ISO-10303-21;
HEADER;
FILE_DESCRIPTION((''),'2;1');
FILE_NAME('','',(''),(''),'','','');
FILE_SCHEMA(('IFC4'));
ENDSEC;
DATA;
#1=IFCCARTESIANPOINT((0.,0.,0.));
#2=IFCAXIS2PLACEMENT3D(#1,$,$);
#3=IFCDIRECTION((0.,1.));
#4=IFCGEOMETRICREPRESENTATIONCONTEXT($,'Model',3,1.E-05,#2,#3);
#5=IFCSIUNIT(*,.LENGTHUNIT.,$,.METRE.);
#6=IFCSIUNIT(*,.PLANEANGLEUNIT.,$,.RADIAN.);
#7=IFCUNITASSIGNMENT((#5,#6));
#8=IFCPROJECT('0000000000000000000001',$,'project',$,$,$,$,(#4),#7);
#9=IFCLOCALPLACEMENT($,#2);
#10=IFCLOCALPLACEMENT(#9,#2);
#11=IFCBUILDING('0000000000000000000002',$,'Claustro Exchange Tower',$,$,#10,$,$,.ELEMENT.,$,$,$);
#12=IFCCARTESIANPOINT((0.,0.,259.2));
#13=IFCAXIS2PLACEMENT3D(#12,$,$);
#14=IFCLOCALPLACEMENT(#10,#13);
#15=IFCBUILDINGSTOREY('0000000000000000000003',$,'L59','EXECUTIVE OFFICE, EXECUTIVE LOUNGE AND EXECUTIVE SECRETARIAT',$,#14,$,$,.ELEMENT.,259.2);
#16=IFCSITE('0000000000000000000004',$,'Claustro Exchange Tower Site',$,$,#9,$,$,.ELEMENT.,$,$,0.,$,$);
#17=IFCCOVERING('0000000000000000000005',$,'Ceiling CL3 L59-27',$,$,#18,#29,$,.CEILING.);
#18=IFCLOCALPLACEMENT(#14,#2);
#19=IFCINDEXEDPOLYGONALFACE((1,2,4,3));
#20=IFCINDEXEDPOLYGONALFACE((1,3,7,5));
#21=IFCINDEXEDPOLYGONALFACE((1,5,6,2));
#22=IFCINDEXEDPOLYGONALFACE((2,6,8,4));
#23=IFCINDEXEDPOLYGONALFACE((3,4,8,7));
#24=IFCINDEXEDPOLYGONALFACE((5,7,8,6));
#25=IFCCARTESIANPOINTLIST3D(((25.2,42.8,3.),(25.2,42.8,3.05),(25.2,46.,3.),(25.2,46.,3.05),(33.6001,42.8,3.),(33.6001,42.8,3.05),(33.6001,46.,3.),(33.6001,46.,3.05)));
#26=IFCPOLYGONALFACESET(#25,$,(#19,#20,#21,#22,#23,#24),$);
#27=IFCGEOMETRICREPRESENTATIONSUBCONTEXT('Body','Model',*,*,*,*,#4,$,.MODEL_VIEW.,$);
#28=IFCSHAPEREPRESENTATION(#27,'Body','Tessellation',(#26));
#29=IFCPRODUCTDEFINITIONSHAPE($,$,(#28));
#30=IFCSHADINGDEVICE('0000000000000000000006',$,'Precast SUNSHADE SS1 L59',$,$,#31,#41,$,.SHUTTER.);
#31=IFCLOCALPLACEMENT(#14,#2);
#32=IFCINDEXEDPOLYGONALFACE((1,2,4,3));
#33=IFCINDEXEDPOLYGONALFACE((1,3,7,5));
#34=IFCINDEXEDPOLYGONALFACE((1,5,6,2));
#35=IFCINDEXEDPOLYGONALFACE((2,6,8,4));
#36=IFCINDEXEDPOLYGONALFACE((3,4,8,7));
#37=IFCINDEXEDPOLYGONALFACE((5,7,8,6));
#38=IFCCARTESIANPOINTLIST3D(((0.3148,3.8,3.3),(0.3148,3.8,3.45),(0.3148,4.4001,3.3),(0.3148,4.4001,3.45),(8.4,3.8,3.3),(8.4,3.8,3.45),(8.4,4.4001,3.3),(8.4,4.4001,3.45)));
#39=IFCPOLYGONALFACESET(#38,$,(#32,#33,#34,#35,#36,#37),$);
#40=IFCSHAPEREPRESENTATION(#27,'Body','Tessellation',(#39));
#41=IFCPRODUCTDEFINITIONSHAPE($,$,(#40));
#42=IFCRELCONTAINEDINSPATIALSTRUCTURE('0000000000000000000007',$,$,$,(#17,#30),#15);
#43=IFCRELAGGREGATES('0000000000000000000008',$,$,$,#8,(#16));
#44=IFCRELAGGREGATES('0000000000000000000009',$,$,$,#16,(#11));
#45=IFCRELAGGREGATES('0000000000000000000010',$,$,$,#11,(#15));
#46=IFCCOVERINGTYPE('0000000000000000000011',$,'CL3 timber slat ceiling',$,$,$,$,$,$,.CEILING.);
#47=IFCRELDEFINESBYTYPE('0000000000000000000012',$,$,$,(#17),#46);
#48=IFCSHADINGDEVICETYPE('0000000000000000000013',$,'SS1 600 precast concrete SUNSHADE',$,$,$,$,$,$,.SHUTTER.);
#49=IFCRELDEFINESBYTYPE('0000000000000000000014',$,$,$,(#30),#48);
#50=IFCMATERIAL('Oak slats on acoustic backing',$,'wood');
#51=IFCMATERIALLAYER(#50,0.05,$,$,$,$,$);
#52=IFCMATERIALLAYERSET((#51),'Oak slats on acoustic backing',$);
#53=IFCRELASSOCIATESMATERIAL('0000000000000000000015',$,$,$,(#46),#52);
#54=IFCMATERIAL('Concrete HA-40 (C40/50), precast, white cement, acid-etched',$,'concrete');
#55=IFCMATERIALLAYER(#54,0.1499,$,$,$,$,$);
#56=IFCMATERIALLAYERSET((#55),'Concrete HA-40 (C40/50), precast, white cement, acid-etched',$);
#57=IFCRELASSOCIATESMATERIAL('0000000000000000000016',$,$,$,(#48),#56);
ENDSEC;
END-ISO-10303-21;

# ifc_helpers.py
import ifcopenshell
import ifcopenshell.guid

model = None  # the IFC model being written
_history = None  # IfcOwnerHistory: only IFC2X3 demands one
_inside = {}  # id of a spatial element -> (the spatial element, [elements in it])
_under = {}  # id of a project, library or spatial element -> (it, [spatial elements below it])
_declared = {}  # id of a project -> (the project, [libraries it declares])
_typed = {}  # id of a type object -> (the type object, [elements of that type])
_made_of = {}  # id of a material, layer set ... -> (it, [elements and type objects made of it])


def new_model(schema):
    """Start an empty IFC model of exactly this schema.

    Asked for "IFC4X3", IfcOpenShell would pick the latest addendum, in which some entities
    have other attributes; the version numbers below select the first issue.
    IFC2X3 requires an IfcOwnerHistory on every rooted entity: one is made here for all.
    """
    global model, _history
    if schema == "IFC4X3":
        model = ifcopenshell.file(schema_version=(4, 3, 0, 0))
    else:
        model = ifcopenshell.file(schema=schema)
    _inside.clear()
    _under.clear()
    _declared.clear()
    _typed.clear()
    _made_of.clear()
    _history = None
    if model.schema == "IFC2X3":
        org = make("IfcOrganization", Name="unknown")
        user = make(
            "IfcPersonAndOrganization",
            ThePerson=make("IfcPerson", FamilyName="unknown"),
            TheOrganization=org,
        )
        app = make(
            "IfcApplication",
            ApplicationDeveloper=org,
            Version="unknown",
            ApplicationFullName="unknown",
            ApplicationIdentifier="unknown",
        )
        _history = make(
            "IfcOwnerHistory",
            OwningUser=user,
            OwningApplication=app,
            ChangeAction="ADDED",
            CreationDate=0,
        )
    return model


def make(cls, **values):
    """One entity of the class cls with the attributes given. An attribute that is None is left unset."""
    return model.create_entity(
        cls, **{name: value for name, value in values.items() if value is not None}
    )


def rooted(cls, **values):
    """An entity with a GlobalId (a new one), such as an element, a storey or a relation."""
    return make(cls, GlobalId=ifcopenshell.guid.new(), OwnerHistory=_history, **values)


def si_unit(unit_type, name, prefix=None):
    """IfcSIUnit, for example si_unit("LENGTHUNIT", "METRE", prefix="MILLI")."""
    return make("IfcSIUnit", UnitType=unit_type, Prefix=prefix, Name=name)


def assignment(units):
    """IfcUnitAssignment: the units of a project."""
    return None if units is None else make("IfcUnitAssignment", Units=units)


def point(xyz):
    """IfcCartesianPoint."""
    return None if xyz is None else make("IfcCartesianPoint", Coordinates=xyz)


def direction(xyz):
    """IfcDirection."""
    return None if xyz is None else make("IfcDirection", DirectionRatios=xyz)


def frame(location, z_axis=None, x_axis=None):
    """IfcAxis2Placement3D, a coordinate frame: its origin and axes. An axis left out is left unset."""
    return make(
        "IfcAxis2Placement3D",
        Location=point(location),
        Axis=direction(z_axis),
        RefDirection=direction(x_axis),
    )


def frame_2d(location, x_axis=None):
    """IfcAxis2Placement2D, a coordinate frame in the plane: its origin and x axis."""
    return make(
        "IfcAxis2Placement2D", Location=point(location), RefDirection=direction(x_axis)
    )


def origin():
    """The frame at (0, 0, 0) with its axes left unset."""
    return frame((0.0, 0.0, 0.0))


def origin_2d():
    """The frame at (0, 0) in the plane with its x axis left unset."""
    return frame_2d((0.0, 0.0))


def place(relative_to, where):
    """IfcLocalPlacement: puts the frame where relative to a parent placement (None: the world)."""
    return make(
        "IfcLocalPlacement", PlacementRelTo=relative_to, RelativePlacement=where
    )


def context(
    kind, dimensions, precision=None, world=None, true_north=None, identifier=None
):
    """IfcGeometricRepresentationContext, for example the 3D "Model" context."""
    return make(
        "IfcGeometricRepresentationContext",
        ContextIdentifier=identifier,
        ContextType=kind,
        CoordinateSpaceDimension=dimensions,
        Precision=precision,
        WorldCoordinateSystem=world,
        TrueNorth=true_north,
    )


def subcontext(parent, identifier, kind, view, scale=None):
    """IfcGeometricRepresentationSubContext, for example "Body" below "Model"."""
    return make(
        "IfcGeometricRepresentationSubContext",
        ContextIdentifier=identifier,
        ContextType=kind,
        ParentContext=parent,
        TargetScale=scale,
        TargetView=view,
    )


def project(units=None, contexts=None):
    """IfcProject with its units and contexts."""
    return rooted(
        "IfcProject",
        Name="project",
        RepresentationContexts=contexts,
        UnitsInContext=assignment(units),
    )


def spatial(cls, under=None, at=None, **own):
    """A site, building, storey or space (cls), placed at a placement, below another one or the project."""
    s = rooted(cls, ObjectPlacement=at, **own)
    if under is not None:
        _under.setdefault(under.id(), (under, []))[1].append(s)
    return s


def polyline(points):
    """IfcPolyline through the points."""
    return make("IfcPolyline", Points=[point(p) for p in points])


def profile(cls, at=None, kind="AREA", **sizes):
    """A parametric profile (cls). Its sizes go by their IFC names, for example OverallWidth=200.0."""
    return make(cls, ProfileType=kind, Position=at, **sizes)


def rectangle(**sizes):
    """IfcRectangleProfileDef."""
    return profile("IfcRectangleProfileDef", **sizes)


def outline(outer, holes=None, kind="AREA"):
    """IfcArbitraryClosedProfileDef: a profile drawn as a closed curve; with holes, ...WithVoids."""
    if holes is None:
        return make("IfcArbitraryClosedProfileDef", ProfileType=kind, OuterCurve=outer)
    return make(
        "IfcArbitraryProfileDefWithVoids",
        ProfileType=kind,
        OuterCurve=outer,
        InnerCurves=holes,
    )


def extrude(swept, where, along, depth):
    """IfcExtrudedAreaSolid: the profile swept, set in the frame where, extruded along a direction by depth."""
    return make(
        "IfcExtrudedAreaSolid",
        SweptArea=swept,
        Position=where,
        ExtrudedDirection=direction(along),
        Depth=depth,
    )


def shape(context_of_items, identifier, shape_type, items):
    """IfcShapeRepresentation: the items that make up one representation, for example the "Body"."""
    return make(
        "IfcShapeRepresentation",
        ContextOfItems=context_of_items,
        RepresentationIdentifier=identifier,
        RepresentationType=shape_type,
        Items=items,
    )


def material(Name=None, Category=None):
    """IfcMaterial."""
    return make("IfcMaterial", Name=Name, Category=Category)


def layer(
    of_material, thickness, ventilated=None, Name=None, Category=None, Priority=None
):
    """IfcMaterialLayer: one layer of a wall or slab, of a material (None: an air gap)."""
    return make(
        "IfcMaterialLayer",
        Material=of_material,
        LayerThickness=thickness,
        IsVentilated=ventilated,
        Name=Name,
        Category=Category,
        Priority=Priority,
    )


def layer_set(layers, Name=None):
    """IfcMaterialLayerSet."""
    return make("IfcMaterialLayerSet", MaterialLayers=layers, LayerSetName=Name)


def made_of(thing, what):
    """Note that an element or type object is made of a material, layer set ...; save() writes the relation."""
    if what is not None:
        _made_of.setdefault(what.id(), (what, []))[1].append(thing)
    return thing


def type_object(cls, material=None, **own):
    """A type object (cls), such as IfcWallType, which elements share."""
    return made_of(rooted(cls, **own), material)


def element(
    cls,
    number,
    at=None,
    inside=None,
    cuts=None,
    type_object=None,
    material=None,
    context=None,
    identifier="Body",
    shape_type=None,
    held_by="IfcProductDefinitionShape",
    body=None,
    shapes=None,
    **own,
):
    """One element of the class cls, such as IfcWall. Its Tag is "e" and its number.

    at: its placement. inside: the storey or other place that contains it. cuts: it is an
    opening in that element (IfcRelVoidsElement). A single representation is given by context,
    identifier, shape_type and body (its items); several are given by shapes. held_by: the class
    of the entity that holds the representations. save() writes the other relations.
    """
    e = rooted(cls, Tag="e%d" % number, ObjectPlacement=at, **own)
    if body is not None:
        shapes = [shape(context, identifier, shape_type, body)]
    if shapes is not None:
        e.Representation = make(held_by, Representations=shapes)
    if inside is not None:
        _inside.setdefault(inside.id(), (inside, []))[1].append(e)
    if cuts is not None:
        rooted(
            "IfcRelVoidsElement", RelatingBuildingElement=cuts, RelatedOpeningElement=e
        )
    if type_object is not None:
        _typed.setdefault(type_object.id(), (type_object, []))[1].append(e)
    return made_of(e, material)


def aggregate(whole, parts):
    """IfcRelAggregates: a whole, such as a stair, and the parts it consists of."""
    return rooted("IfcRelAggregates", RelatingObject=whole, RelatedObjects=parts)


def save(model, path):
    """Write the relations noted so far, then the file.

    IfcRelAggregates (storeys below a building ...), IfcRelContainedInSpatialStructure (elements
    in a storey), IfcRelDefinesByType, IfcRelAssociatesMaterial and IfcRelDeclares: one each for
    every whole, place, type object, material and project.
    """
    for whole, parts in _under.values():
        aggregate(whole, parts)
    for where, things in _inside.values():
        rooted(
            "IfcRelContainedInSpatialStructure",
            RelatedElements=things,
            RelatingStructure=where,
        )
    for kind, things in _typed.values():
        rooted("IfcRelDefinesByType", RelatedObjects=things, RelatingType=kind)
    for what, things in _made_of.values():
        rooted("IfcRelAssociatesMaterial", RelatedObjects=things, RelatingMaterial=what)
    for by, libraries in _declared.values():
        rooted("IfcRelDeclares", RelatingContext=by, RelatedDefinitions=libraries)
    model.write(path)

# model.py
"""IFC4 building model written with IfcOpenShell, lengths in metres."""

from ifc_helpers import new_model, si_unit, direction, frame, origin, origin_2d, place, context, subcontext, project, spatial, polyline, rectangle, outline, extrude, material, layer, layer_set, type_object, element, save


model = new_model("IFC4")

# Units and contexts
model_context = context("Model", 3, precision=1e-05, world=origin(), true_north=direction((0.0, 1.0)))
body_context = subcontext(model_context, "Body", "Model", "MODEL_VIEW")
ifc_project = project(units=[si_unit("LENGTHUNIT", "METRE"), si_unit("PLANEANGLEUNIT", "RADIAN")], contexts=[model_context])

# Site, building, storey
site_placement = place(None, origin())
site = spatial("IfcSite", under=ifc_project, at=site_placement, Name="Claustro Exchange Tower Site", CompositionType="ELEMENT", RefElevation=0.0)
building_placement = place(site_placement, origin())
building = spatial("IfcBuilding", under=site, at=building_placement, Name="Claustro Exchange Tower", CompositionType="ELEMENT")
storey_placement = place(building_placement, frame((0.0, 0.0, 259.2)))
storey = spatial("IfcBuildingStorey", under=building, at=storey_placement, Name="L59", Description="EXECUTIVE OFFICE, EXECUTIVE LOUNGE AND EXECUTIVE SECRETARIAT", CompositionType="ELEMENT", Elevation=259.2)

# Covering
ifc_material_1 = material(Name="Oak slats on acoustic backing", Category="wood")
ifc_layer_1 = layer(ifc_material_1, 0.05)
ifc_layer_set_1 = layer_set([ifc_layer_1], Name="Oak slats on acoustic backing")
covering_type_1 = type_object("IfcCoveringType", Name="CL3 timber slat ceiling", PredefinedType="CEILING", material=ifc_layer_set_1)
covering_1_placement = place(storey_placement, frame((0.0, 0.0, 3.0)))
element("IfcCovering", 1, at=covering_1_placement, inside=storey, type_object=covering_type_1, Name="Ceiling CL3 L59-27", PredefinedType="CEILING", context=body_context, shape_type="SweptSolid", body=[
    extrude(outline(polyline([(33.6001, 46.0), (25.2, 46.0), (25.2, 42.8), (33.6001, 42.8), (33.6001, 46.0)])), origin(), (0.0, 0.0, 1.0), 0.05),
])

# Shading device
ifc_material_2 = material(Name="Concrete HA-40 (C40/50), precast, white cement, acid-etched", Category="concrete")
ifc_layer_2 = layer(ifc_material_2, 0.1499)
ifc_layer_set_2 = layer_set([ifc_layer_2], Name="Concrete HA-40 (C40/50), precast, white cement, acid-etched")
shading_device_type = type_object("IfcShadingDeviceType", Name="SS1 600 precast concrete SUNSHADE", PredefinedType="SHUTTER", material=ifc_layer_set_2)
shading_device_placement = place(storey_placement, frame((4.3574, 4.1001, 3.3), z_axis=(0.0, 0.0, 1.0), x_axis=(-1.0, 0.0, 0.0)))
element("IfcShadingDevice", 2, at=shading_device_placement, inside=storey, type_object=shading_device_type, Name="Precast SUNSHADE SS1 L59", PredefinedType="SHUTTER", context=body_context, shape_type="SweptSolid", body=[
    extrude(rectangle(XDim=8.0852, YDim=0.6001, at=origin_2d()), origin(), (0.0, 0.0, 1.0), 0.1499),
])

save(model, "model.ifc")
